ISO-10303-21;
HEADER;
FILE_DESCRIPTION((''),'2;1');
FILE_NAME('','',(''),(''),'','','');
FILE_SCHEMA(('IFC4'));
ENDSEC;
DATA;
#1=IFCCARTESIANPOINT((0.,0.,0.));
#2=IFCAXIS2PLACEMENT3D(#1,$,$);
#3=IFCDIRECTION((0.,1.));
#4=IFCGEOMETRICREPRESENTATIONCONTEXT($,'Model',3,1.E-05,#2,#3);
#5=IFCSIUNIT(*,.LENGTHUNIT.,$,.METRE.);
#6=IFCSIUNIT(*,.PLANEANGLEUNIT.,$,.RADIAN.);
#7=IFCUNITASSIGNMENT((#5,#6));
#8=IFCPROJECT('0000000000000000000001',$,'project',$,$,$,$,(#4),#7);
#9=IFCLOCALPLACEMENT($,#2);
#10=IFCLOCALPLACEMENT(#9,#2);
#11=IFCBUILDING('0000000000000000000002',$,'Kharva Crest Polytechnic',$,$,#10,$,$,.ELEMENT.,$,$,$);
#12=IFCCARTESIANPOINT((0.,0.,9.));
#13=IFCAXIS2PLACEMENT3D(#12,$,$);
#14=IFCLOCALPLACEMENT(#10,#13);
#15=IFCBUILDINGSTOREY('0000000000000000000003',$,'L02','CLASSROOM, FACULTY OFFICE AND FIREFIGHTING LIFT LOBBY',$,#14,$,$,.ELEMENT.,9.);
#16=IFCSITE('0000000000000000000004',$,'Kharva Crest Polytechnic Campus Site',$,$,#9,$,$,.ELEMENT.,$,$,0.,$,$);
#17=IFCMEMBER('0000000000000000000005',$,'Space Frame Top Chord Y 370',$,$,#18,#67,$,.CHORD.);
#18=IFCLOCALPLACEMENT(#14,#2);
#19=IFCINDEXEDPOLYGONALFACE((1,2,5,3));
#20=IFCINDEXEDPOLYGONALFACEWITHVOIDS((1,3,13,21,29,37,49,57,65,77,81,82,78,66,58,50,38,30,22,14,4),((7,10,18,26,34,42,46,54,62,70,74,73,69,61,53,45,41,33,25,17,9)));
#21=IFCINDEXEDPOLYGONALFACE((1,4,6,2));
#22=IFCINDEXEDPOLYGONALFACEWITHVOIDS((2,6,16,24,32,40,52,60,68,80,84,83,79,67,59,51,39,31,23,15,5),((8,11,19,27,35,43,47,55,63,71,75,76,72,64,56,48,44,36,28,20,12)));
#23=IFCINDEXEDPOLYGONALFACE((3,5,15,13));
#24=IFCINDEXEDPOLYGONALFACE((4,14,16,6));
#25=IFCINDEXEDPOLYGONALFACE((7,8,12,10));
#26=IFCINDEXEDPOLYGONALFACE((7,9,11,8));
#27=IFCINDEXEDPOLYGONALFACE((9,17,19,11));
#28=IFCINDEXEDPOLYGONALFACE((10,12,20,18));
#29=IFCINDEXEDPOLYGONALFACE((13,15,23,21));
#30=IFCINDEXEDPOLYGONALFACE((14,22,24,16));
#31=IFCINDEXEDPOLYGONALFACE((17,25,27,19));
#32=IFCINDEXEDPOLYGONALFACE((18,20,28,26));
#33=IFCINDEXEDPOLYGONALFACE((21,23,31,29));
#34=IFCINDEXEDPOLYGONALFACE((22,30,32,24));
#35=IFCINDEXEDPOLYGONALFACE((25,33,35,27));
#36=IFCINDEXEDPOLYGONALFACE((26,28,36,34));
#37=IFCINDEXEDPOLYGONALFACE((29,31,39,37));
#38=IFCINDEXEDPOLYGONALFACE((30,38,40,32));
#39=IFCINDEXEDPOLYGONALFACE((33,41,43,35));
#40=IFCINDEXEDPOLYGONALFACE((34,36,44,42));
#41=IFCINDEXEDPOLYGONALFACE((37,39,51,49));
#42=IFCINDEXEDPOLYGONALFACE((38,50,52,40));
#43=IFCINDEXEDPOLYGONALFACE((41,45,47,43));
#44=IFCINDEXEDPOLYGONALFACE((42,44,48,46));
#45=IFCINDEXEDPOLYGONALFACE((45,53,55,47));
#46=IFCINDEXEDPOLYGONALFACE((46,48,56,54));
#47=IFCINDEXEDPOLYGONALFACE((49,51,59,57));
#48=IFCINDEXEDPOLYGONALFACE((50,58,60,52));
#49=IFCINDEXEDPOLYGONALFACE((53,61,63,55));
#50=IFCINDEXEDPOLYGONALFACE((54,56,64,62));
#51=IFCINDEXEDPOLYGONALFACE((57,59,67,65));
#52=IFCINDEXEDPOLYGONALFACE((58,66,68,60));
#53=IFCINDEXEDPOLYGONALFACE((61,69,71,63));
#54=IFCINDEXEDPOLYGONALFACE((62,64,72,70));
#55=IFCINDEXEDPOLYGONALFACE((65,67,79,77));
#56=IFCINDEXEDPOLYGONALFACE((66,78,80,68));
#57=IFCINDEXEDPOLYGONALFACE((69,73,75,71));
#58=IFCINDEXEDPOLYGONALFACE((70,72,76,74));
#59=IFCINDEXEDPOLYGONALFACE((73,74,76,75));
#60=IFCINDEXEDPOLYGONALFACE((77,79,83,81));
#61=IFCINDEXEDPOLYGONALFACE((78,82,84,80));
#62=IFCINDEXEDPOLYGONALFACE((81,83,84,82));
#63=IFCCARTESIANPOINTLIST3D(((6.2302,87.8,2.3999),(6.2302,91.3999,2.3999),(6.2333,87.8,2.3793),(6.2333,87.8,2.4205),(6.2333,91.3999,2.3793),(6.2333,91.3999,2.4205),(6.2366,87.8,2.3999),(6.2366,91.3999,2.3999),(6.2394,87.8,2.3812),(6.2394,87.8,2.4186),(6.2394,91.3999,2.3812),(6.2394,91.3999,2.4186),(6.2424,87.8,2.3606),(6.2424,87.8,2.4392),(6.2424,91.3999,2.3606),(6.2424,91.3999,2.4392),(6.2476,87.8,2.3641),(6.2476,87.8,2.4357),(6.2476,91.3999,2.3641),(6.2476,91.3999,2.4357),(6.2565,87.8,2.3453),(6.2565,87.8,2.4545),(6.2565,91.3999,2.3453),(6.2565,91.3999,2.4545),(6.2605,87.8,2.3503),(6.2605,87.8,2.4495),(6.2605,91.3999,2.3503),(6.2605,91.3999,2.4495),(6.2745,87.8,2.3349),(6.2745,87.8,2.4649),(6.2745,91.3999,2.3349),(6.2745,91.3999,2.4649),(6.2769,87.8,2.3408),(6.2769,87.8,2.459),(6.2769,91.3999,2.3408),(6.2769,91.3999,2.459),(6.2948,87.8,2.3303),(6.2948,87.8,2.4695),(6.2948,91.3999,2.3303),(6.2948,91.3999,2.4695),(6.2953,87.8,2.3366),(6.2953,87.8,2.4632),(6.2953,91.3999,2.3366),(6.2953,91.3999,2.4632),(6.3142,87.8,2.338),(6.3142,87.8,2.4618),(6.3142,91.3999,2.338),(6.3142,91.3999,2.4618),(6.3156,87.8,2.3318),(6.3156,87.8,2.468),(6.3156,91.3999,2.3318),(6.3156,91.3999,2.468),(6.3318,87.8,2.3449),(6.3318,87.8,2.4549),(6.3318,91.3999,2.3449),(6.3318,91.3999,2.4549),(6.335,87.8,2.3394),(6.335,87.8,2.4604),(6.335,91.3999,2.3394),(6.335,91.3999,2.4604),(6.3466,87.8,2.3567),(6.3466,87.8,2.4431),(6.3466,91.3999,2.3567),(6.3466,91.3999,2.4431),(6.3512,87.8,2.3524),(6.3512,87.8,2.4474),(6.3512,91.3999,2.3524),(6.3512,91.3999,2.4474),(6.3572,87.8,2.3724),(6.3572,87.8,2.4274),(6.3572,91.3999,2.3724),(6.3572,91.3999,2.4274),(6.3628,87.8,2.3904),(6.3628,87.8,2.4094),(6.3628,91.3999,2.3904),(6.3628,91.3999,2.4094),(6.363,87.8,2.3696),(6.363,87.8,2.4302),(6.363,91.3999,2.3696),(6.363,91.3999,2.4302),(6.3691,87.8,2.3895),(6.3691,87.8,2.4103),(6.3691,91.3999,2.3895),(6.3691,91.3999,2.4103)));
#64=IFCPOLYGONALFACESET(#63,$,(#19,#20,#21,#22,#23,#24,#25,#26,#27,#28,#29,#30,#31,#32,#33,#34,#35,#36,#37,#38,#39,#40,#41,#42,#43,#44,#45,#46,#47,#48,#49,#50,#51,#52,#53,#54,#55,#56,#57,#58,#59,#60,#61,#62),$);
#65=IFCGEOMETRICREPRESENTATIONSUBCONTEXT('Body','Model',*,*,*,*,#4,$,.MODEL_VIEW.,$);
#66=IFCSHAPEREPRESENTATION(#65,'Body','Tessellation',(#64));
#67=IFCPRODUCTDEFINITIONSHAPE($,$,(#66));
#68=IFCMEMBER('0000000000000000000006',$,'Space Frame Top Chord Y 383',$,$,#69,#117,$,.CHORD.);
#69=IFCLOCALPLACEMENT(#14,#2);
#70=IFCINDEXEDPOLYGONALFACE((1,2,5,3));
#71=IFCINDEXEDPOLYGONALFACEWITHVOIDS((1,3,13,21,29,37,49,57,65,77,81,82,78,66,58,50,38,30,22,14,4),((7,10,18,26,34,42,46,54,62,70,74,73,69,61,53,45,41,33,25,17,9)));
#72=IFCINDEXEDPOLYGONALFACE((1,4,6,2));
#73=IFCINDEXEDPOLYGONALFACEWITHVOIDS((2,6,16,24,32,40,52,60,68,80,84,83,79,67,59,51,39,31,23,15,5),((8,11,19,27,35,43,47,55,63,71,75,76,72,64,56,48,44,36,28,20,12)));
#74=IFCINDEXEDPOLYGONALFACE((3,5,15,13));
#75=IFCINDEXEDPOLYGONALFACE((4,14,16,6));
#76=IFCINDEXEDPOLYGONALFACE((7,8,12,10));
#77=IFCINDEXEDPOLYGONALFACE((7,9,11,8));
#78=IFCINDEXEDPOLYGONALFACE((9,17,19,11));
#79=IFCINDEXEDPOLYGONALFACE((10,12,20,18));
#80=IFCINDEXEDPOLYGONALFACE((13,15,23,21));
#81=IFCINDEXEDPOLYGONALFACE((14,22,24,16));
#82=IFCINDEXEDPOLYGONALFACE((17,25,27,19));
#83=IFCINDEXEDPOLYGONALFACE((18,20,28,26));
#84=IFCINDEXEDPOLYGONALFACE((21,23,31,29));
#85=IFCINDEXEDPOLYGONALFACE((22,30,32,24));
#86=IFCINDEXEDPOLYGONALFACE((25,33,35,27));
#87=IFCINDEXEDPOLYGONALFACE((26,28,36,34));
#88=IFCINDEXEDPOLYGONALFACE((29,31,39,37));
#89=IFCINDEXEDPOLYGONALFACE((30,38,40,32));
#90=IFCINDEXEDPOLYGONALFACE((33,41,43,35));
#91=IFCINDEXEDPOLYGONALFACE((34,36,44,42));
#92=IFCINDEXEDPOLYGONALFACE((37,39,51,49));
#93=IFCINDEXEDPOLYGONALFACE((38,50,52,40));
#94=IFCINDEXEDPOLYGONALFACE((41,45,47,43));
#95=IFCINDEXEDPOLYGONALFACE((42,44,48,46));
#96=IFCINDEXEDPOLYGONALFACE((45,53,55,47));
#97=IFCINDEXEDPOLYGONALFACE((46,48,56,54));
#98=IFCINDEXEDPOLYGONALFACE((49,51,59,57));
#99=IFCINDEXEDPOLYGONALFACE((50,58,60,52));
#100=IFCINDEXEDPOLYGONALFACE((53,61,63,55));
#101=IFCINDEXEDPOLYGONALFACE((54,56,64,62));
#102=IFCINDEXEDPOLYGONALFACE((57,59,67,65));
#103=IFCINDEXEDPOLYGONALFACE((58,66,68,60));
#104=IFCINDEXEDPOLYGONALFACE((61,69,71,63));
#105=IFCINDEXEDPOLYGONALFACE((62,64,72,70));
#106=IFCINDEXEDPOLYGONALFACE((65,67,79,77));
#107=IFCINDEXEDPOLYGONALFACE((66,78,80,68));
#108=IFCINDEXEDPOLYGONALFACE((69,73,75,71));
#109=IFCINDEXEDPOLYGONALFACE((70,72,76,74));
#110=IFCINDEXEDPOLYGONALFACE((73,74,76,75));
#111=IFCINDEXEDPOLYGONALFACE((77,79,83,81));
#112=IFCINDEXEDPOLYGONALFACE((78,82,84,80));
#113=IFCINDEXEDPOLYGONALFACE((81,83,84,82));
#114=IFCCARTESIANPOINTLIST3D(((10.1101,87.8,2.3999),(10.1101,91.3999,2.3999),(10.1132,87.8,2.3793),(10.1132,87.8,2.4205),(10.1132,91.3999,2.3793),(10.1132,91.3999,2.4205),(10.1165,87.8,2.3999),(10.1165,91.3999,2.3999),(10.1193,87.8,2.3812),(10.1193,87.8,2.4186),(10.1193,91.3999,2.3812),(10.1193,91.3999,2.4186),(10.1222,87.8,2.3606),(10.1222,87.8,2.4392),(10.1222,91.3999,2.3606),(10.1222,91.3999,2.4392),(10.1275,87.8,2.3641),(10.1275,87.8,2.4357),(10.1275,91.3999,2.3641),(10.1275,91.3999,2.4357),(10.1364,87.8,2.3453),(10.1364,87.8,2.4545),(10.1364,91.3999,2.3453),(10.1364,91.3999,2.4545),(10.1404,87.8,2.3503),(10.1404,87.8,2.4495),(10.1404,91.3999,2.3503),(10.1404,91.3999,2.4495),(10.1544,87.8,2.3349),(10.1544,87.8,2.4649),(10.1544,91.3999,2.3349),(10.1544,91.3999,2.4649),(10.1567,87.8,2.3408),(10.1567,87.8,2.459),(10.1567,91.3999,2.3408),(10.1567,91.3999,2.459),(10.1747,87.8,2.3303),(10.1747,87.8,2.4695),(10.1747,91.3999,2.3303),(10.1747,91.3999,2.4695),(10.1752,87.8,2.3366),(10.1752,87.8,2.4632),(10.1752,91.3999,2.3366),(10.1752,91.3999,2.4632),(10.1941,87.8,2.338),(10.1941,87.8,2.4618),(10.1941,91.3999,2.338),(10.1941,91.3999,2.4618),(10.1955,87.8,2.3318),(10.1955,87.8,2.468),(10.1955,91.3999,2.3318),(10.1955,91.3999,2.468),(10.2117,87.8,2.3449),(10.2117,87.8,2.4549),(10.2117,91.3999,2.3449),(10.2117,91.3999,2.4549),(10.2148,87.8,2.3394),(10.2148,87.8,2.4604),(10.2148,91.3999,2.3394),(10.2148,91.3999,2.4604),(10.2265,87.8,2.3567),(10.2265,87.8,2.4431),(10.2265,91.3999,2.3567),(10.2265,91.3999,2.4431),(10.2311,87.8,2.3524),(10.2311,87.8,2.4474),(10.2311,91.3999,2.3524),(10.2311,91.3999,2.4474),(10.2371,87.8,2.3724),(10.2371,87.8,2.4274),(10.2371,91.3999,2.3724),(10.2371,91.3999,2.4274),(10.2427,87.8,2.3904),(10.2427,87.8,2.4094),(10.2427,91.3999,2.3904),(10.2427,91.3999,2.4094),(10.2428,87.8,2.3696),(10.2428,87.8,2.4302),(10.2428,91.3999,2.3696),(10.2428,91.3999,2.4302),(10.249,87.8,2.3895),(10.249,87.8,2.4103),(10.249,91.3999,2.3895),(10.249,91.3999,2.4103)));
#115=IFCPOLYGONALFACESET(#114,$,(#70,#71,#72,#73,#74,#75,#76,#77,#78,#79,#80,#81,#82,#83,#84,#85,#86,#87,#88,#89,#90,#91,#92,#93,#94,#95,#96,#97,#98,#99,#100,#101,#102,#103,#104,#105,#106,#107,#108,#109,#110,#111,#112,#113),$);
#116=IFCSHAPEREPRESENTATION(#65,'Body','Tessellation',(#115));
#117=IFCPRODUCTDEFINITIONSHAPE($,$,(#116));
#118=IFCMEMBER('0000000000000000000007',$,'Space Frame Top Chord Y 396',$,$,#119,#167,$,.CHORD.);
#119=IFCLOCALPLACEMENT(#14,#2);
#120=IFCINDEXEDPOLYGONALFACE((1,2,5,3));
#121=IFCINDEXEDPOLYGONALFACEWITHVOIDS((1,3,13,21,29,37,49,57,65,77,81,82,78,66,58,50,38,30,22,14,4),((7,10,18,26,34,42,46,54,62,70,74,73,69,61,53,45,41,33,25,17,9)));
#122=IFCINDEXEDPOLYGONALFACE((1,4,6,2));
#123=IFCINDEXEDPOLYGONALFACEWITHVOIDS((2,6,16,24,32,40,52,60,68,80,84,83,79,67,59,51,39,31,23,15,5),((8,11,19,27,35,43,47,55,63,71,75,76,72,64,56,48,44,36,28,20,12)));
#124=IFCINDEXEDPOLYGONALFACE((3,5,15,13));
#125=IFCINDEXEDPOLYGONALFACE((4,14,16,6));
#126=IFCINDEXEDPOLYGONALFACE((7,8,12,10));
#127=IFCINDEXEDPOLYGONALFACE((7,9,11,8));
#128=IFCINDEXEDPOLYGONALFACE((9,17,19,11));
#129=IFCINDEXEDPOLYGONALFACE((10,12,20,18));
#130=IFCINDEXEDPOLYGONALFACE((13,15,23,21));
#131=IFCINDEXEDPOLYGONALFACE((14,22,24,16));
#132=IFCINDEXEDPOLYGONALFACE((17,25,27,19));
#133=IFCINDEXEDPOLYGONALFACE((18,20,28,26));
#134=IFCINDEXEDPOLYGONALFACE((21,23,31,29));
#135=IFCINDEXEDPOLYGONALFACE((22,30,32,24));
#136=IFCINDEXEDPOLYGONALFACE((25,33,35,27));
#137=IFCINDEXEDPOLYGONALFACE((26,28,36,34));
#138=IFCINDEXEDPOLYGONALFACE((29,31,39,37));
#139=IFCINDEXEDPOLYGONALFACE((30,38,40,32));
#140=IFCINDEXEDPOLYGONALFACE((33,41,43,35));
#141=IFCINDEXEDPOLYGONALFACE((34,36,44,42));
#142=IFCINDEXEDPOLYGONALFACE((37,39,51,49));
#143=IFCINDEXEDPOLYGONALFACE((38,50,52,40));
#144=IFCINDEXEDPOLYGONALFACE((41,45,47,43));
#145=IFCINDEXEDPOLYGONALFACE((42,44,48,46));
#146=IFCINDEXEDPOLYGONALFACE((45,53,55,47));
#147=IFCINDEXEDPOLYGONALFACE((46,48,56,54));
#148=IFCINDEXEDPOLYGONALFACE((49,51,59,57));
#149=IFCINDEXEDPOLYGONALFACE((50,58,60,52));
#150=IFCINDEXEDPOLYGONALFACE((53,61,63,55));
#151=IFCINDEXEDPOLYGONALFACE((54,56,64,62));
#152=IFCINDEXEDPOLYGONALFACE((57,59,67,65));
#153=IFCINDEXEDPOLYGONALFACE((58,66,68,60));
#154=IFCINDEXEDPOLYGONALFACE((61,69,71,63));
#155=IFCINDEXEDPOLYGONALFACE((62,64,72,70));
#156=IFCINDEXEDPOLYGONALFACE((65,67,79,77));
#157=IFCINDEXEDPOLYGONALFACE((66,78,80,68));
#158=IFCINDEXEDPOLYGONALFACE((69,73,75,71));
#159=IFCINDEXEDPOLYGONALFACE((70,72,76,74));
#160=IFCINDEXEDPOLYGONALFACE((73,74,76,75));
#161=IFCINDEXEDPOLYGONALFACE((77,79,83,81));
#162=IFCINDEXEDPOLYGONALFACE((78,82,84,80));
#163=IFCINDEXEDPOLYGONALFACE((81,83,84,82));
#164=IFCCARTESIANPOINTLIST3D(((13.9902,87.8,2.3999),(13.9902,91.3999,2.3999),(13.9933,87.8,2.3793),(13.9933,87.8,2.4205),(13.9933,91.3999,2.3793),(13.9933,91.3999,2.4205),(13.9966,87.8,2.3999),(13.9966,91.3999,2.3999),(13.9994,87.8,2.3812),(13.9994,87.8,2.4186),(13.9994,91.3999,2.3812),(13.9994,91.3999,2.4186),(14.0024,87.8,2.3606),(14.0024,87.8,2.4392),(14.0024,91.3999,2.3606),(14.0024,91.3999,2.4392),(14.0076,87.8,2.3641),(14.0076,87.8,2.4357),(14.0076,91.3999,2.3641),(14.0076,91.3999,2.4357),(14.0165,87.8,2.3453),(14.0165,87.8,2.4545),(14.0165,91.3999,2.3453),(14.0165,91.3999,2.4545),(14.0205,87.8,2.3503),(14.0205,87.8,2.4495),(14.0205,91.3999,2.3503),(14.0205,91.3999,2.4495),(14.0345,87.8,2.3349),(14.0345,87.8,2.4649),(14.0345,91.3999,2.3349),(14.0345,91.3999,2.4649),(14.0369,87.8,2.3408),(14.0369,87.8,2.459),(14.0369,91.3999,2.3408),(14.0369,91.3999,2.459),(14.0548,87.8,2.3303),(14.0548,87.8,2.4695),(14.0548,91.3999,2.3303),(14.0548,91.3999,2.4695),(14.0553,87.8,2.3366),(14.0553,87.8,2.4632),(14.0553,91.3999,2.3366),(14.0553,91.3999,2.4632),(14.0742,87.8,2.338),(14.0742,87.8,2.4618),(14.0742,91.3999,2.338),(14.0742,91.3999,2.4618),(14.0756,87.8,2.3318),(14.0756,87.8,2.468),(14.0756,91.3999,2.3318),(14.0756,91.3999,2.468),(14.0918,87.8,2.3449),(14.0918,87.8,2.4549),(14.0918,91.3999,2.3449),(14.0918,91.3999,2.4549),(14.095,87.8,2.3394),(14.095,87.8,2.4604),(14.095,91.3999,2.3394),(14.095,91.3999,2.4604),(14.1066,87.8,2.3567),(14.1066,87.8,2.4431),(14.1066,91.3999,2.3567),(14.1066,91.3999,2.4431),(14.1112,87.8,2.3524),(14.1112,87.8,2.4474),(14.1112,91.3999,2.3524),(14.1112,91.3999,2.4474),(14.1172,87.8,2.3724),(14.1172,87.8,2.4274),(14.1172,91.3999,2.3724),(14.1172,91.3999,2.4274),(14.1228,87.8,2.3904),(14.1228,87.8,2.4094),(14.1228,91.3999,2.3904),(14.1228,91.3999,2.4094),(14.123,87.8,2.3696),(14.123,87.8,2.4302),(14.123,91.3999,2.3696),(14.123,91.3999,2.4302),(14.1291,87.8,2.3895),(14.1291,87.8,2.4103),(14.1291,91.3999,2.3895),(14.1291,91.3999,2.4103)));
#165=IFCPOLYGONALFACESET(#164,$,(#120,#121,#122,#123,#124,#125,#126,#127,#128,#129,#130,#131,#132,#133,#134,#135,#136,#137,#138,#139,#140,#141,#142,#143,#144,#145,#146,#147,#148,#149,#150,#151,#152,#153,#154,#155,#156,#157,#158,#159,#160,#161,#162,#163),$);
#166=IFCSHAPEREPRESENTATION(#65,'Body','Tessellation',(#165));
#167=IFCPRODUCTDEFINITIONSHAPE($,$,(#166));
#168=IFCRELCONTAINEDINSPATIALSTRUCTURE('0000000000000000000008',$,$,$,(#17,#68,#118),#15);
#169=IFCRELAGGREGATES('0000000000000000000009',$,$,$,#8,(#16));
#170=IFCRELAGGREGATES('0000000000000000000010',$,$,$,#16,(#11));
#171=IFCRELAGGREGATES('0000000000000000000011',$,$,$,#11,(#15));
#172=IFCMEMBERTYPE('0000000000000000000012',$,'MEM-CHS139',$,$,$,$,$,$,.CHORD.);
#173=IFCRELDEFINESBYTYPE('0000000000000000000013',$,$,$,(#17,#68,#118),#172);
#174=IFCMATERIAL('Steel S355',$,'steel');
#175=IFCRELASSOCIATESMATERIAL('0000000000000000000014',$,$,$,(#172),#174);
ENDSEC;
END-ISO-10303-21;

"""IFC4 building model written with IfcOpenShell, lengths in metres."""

from ifc_helpers import new_model, si_unit, direction, frame, origin, origin_2d, place, context, subcontext, project, spatial, hollow_circle, extrude, material, material_profile, profile_set, type_object, element, save


model = new_model("IFC4")

# Units and contexts
model_context = context("Model", 3, precision=1e-05, world=origin(), true_north=direction((0.0, 1.0)))
body_context = subcontext(model_context, "Body", "Model", "MODEL_VIEW")
ifc_project = project(units=[si_unit("LENGTHUNIT", "METRE"), si_unit("PLANEANGLEUNIT", "RADIAN")], contexts=[model_context])

# Site, building, storey
site_placement = place(None, origin())
site = spatial("IfcSite", under=ifc_project, at=site_placement, Name="Kharva Crest Polytechnic Campus Site", CompositionType="ELEMENT", RefElevation=0.0)
building_placement = place(site_placement, origin())
building = spatial("IfcBuilding", under=site, at=building_placement, Name="Kharva Crest Polytechnic", CompositionType="ELEMENT")
storey_placement = place(building_placement, frame((0.0, 0.0, 9.0)))
storey = spatial("IfcBuildingStorey", under=building, at=storey_placement, Name="L02", Description="CLASSROOM, FACULTY OFFICE AND FIREFIGHTING LIFT LOBBY", CompositionType="ELEMENT", Elevation=9.0)

# Members
ifc_material = material(Name="Steel S355", Category="steel")
ifc_material_profile_1 = material_profile(ifc_material, hollow_circle(Radius=0.0698, WallThickness=0.0063, at=origin_2d()), Name="CHS 139.7X6.3")
ifc_profile_set_1 = profile_set([ifc_material_profile_1], Name="Steel S355")
member_type_1 = type_object("IfcMemberType", Name="MEM-CHS139", PredefinedType="CHORD", material=ifc_profile_set_1)
for number, where, z_axis, x_axis, name in (
    (1, (6.3, 87.8, 2.3999), (0.0, 1.0, 0.0), (-1.0, 0.0, 0.0), "Space Frame Top Chord Y 370"),
    (2, (10.1799, 87.8, 2.3999), (0.0, 1.0, 0.0), (-1.0, 0.0, 0.0), "Space Frame Top Chord Y 383"),
    (3, (14.0601, 87.8, 2.3999), (0.0, 1.0, 0.0), (-1.0, 0.0, 0.0), "Space Frame Top Chord Y 396"),
):
    element("IfcMember", number, at=place(storey_placement, frame(where, z_axis=z_axis, x_axis=x_axis)), inside=storey, type_object=member_type_1, Name=name, PredefinedType="CHORD", context=body_context, shape_type="SweptSolid", body=[
        extrude(hollow_circle(Radius=0.0698, WallThickness=0.0063, at=origin_2d()), origin(), (0.0, 0.0, 1.0), 3.5999),
    ])

save(model, "model.ifc")
